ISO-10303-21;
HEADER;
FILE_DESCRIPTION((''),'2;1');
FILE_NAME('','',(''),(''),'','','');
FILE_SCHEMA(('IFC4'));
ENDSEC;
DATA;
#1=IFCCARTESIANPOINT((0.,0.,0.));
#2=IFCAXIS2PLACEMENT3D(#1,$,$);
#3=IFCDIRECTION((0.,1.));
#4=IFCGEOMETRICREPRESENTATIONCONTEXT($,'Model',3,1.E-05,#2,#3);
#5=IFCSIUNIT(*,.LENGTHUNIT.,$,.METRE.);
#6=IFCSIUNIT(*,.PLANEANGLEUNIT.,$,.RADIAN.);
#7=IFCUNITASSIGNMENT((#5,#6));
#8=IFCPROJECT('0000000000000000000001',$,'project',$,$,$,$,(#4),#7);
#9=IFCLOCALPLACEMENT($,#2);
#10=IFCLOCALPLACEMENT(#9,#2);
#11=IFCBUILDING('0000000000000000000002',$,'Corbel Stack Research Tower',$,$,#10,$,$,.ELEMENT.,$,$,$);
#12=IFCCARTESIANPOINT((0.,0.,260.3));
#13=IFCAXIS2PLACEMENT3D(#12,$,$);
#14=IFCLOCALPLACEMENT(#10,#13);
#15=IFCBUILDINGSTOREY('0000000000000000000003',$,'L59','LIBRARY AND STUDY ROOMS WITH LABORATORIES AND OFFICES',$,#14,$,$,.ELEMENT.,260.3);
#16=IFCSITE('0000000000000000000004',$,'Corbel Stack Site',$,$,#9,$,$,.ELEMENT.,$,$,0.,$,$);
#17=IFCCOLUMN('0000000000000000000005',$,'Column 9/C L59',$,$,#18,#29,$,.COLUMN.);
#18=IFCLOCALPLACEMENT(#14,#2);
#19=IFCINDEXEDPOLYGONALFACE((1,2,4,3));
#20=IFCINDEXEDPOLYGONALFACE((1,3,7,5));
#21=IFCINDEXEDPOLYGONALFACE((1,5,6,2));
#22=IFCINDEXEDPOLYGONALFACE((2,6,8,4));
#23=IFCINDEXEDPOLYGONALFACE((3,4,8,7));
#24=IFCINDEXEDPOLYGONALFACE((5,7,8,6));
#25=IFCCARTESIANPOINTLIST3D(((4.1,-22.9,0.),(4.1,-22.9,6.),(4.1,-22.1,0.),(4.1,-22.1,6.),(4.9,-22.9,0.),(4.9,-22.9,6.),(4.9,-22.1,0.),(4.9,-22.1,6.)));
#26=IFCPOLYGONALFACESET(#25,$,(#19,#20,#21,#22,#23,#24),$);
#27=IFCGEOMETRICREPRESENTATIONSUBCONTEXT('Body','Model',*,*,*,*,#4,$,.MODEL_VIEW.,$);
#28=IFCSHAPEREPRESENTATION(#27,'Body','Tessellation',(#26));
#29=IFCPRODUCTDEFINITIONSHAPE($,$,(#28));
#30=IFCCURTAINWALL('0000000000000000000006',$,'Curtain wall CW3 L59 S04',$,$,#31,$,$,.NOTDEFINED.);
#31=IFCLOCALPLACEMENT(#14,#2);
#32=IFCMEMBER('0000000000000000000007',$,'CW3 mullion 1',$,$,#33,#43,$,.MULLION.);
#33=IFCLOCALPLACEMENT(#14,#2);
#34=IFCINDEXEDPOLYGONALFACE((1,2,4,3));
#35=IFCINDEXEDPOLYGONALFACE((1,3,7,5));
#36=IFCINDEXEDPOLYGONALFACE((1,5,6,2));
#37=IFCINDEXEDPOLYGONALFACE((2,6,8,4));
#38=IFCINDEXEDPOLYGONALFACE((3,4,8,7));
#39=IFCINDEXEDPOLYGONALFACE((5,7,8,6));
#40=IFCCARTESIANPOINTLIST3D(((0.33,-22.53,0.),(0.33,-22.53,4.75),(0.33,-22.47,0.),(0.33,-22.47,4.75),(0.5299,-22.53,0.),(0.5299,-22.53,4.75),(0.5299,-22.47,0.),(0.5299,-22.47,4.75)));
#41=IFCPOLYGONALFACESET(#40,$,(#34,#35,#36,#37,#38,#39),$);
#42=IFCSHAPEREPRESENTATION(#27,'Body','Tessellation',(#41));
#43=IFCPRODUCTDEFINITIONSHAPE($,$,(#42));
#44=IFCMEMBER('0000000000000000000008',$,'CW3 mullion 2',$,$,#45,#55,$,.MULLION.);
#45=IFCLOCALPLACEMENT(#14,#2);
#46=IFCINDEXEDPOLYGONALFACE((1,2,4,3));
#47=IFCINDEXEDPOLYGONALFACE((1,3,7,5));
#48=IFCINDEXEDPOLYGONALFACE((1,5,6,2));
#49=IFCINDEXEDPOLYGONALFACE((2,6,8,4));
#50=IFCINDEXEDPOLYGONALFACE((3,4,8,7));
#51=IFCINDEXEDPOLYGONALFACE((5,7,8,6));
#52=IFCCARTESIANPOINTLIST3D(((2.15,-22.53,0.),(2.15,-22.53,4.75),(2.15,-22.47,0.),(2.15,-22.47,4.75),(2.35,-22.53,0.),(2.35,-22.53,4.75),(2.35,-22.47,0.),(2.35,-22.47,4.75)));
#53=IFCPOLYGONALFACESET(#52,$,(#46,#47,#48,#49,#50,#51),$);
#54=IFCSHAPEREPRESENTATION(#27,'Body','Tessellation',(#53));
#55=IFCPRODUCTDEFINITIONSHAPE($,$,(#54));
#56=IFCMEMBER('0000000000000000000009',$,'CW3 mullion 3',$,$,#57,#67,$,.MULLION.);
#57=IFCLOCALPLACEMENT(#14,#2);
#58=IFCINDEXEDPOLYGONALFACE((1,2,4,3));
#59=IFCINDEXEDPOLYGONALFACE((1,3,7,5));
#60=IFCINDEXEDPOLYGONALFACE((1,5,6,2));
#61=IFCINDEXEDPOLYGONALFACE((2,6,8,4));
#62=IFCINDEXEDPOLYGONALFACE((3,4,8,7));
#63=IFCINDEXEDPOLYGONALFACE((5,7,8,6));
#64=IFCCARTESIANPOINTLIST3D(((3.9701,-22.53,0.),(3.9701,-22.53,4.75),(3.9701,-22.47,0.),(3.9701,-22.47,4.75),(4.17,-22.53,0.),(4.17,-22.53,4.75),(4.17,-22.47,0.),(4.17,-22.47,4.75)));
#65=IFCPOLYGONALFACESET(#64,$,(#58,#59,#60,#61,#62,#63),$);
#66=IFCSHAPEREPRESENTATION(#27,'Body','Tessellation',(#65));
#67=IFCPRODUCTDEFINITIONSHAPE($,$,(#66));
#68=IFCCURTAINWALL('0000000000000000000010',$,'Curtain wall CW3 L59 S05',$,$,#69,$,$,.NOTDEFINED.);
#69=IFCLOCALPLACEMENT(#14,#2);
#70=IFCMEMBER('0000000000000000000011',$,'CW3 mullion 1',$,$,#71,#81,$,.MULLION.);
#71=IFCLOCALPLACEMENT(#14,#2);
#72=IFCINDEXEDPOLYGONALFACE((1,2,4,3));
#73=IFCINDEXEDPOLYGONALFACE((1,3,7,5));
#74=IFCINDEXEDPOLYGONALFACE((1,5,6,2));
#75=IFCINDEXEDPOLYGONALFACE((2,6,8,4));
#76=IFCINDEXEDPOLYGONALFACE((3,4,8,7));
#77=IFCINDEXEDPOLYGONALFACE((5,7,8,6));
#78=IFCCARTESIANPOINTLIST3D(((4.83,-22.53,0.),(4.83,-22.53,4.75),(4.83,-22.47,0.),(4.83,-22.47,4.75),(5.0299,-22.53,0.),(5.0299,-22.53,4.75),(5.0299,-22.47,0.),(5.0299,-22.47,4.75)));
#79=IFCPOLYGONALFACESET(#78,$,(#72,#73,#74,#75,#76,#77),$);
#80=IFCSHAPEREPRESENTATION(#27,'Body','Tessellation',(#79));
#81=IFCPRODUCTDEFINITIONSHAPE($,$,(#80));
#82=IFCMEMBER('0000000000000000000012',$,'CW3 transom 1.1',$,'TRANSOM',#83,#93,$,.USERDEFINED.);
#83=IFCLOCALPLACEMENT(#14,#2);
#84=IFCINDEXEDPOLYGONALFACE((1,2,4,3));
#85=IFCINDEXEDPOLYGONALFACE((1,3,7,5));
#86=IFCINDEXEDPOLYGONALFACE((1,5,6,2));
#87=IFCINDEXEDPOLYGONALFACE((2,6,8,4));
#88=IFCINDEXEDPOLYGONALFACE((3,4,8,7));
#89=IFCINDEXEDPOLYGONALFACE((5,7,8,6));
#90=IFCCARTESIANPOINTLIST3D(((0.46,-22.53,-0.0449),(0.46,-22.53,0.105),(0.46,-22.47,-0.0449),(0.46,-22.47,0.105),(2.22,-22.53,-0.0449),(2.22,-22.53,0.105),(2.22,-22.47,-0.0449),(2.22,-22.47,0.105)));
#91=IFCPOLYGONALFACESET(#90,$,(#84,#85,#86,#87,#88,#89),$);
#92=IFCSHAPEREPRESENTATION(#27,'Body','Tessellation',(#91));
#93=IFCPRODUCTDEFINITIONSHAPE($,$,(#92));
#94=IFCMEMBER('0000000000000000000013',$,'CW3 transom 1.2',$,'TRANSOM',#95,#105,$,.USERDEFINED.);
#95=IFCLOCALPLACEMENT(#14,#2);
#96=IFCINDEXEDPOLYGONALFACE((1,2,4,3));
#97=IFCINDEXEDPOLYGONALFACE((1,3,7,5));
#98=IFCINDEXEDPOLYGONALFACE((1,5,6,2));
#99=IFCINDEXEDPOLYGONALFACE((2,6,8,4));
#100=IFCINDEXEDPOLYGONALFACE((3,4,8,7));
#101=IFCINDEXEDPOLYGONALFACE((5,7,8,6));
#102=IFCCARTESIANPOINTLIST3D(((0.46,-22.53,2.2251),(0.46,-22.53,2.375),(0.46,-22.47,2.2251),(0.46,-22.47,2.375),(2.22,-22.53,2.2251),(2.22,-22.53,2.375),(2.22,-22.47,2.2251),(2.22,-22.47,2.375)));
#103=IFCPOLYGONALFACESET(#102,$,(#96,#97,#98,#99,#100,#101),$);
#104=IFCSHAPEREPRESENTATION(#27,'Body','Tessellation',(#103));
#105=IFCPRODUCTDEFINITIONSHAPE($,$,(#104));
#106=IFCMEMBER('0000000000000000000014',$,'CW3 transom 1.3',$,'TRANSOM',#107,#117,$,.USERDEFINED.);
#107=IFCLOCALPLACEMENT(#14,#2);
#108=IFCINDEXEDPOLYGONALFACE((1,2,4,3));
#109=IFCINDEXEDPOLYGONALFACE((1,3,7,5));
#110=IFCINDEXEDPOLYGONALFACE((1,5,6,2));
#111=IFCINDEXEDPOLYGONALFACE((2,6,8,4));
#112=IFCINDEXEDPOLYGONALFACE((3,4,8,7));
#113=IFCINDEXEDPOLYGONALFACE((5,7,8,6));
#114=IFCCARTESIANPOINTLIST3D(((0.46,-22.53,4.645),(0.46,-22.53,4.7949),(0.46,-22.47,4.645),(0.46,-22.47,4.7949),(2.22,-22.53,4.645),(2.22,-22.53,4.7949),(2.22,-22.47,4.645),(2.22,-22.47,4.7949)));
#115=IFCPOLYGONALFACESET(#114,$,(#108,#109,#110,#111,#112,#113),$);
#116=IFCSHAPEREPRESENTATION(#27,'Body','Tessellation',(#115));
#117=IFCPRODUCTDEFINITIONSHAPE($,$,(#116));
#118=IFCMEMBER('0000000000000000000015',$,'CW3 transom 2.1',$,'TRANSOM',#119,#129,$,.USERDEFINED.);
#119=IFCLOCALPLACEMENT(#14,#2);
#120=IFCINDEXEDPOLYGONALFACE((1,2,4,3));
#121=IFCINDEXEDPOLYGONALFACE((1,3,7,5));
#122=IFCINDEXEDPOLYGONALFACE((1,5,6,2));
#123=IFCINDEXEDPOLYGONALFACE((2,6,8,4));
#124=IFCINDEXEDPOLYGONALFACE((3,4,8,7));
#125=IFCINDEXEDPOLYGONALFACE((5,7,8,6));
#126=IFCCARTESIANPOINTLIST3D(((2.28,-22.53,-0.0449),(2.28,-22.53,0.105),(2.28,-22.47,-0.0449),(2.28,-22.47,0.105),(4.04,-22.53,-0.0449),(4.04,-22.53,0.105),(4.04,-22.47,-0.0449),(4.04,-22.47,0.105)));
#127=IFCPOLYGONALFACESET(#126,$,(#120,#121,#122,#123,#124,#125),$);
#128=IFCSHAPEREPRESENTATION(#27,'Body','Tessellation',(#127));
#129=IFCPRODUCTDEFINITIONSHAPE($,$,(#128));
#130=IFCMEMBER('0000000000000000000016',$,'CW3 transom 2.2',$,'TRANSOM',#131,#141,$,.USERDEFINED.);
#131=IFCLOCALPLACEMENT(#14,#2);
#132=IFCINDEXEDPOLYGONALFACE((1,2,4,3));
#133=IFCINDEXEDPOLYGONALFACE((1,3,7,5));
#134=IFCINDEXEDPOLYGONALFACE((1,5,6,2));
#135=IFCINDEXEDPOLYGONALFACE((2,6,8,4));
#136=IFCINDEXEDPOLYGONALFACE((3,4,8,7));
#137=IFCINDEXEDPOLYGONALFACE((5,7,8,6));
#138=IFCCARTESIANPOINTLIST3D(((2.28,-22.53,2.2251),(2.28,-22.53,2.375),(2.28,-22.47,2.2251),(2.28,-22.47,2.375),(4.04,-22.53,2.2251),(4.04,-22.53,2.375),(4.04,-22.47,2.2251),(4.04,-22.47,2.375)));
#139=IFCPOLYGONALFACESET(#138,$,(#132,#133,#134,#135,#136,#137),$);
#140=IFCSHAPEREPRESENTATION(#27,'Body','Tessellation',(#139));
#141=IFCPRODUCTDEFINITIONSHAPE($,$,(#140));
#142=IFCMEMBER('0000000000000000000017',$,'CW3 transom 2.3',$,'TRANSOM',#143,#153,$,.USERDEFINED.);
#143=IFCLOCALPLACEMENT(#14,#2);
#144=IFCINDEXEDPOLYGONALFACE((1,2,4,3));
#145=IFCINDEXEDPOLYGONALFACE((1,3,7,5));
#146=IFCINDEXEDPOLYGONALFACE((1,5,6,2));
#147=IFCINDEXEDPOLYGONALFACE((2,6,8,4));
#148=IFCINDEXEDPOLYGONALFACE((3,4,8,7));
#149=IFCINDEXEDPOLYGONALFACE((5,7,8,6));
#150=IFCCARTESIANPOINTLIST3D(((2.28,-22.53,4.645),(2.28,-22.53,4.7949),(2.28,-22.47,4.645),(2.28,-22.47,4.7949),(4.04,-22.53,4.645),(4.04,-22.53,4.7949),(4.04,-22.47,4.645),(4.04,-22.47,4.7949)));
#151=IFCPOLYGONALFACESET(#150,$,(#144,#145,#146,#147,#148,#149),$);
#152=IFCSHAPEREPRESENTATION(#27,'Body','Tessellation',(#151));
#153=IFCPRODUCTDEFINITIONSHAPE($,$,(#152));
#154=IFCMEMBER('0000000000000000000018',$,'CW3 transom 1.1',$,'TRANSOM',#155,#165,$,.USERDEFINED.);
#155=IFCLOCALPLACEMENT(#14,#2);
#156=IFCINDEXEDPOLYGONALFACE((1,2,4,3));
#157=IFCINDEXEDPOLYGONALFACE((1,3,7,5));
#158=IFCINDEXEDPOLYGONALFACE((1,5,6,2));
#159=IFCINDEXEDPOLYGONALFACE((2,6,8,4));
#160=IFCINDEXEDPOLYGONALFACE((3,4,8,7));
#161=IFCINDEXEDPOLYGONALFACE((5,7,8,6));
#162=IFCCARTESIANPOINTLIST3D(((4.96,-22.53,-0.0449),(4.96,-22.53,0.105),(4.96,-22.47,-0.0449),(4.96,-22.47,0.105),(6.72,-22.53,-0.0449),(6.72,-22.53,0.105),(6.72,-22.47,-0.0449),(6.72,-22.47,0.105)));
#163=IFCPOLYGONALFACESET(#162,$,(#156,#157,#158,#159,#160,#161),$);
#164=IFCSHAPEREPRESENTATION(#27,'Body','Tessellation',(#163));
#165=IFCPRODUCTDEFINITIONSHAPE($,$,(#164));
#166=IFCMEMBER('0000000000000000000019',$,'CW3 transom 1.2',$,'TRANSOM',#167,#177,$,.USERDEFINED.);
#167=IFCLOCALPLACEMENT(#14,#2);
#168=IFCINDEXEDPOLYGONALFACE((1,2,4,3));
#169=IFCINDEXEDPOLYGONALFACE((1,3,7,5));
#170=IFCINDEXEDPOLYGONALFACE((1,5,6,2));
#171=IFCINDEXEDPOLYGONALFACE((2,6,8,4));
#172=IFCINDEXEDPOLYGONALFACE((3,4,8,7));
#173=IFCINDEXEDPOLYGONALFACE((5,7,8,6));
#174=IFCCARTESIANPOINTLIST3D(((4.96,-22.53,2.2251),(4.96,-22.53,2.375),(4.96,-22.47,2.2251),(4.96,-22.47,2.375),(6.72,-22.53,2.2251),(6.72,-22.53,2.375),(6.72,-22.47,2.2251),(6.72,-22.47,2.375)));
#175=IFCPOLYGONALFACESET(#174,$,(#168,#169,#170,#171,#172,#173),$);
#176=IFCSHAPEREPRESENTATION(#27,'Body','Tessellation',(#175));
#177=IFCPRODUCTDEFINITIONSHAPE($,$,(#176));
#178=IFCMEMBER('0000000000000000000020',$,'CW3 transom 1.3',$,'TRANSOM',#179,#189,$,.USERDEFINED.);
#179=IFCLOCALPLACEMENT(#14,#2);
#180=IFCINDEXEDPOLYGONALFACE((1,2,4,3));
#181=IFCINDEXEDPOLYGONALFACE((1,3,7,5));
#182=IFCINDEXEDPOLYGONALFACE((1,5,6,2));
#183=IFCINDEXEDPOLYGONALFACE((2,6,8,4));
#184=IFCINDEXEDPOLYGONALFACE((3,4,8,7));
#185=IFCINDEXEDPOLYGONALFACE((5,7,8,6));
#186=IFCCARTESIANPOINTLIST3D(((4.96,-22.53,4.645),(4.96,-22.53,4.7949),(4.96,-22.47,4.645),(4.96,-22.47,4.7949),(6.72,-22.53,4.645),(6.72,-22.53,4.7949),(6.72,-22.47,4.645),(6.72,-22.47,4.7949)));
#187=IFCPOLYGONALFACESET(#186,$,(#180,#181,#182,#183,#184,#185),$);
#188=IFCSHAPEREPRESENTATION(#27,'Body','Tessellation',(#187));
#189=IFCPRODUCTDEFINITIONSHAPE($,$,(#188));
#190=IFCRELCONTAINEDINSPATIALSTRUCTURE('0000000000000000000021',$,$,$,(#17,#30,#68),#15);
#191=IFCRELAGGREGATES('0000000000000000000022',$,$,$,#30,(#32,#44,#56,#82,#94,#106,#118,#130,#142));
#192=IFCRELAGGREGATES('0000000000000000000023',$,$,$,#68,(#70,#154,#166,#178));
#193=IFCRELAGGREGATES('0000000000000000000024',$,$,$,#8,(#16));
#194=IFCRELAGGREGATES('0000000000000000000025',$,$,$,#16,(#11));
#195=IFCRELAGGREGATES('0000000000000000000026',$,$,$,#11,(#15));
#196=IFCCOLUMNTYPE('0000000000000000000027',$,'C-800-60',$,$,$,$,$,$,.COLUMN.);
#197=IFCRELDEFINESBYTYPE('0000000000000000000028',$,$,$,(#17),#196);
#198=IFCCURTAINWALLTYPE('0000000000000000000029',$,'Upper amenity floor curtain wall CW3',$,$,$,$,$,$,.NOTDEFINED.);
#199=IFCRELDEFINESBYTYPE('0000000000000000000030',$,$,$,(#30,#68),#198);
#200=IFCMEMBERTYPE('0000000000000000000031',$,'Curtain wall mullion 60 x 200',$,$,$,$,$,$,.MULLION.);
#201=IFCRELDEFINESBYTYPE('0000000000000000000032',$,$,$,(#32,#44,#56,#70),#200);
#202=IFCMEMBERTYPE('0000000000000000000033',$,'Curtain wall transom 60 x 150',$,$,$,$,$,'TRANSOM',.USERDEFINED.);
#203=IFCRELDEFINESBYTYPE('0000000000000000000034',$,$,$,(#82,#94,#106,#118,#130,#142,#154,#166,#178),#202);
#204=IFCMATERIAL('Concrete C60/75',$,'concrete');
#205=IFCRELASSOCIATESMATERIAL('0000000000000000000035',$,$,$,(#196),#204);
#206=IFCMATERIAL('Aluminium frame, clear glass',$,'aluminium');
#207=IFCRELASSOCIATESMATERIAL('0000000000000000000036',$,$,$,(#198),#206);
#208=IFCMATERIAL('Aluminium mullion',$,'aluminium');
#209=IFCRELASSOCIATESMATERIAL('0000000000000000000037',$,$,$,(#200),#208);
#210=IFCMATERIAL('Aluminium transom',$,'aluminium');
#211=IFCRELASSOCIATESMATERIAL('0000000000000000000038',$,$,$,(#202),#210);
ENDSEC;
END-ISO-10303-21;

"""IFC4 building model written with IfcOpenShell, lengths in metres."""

from ifc_helpers import new_model, si_unit, direction, frame, origin, origin_2d, place, context, subcontext, project, spatial, rectangle, extrude, material, material_profile, profile_set, type_object, element, aggregate, save


model = new_model("IFC4")

# Units and contexts
model_context = context("Model", 3, precision=1e-05, world=origin(), true_north=direction((0.0, 1.0)))
body_context = subcontext(model_context, "Body", "Model", "MODEL_VIEW")
ifc_project = project(units=[si_unit("LENGTHUNIT", "METRE"), si_unit("PLANEANGLEUNIT", "RADIAN")], contexts=[model_context])

# Site, building, storey
site_placement = place(None, origin())
site = spatial("IfcSite", under=ifc_project, at=site_placement, Name="Corbel Stack Site", CompositionType="ELEMENT", RefElevation=0.0)
building_placement = place(site_placement, origin())
building = spatial("IfcBuilding", under=site, at=building_placement, Name="Corbel Stack Research Tower", CompositionType="ELEMENT")
storey_placement = place(building_placement, frame((0.0, 0.0, 260.3)))
storey = spatial("IfcBuildingStorey", under=building, at=storey_placement, Name="L59", Description="LIBRARY AND STUDY ROOMS WITH LABORATORIES AND OFFICES", CompositionType="ELEMENT", Elevation=260.3)

# Column
ifc_material_1 = material(Name="Concrete C60/75", Category="concrete")
ifc_material_profile_1 = material_profile(ifc_material_1, rectangle(XDim=0.8, YDim=0.8, at=origin_2d()), Name="RC 800 x 800")
ifc_profile_set_1 = profile_set([ifc_material_profile_1], Name="Concrete C60/75")
column_type = type_object("IfcColumnType", Name="C-800-60", PredefinedType="COLUMN", material=ifc_profile_set_1)
column_placement = place(storey_placement, frame((4.5, -22.5, 0.0), z_axis=(0.0, 0.0, 1.0), x_axis=(1.0, 0.0, 0.0)))
element("IfcColumn", 1, at=column_placement, inside=storey, type_object=column_type, Name="Column 9/C L59", PredefinedType="COLUMN", context=body_context, shape_type="SweptSolid", body=[
    extrude(rectangle(XDim=0.8, YDim=0.8, at=origin_2d()), origin(), (0.0, 0.0, 1.0), 6.0),
])

# Curtain wall, members
ifc_material_2 = material(Name="Aluminium frame, clear glass", Category="aluminium")
curtain_wall_type = type_object("IfcCurtainWallType", Name="Upper amenity floor curtain wall CW3", PredefinedType="NOTDEFINED", material=ifc_material_2)
curtain_wall_1_placement = place(storey_placement, origin())
curtain_wall_1 = element("IfcCurtainWall", 2, at=curtain_wall_1_placement, inside=storey, type_object=curtain_wall_type, Name="Curtain wall CW3 L59 S04", PredefinedType="NOTDEFINED")
ifc_material_3 = material(Name="Aluminium mullion", Category="aluminium")
ifc_material_profile_2 = material_profile(ifc_material_3, rectangle(XDim=0.0601, YDim=0.2, at=origin_2d()), Name="Mullion 60 x 200")
ifc_profile_set_2 = profile_set([ifc_material_profile_2], Name="Aluminium mullion")
member_type_1 = type_object("IfcMemberType", Name="Curtain wall mullion 60 x 200", PredefinedType="MULLION", material=ifc_profile_set_2)
member_1_placement = place(storey_placement, frame((0.4299, -22.5, 0.0), z_axis=(0.0, 0.0, 1.0), x_axis=(0.0, 1.0, 0.0)))
member_1 = element("IfcMember", 3, at=member_1_placement, type_object=member_type_1, Name="CW3 mullion 1", PredefinedType="MULLION", context=body_context, shape_type="SweptSolid", body=[
    extrude(rectangle(XDim=0.0601, YDim=0.2, at=origin_2d()), origin(), (0.0, 0.0, 1.0), 4.75),
])
member_2_placement = place(storey_placement, frame((2.25, -22.5, 0.0), z_axis=(0.0, 0.0, 1.0), x_axis=(0.0, 1.0, 0.0)))
member_2 = element("IfcMember", 4, at=member_2_placement, type_object=member_type_1, Name="CW3 mullion 2", PredefinedType="MULLION", context=body_context, shape_type="SweptSolid", body=[
    extrude(rectangle(XDim=0.0601, YDim=0.2, at=origin_2d()), origin(), (0.0, 0.0, 1.0), 4.75),
])
member_3_placement = place(storey_placement, frame((4.0701, -22.5, 0.0), z_axis=(0.0, 0.0, 1.0), x_axis=(0.0, 1.0, 0.0)))
member_3 = element("IfcMember", 5, at=member_3_placement, type_object=member_type_1, Name="CW3 mullion 3", PredefinedType="MULLION", context=body_context, shape_type="SweptSolid", body=[
    extrude(rectangle(XDim=0.0601, YDim=0.2, at=origin_2d()), origin(), (0.0, 0.0, 1.0), 4.75),
])

# Curtain wall, member
curtain_wall_2_placement = place(storey_placement, origin())
curtain_wall_2 = element("IfcCurtainWall", 6, at=curtain_wall_2_placement, inside=storey, type_object=curtain_wall_type, Name="Curtain wall CW3 L59 S05", PredefinedType="NOTDEFINED")
member_4_placement = place(storey_placement, frame((4.9299, -22.5, 0.0), z_axis=(0.0, 0.0, 1.0), x_axis=(0.0, 1.0, 0.0)))
member_4 = element("IfcMember", 7, at=member_4_placement, type_object=member_type_1, Name="CW3 mullion 1", PredefinedType="MULLION", context=body_context, shape_type="SweptSolid", body=[
    extrude(rectangle(XDim=0.0601, YDim=0.2, at=origin_2d()), origin(), (0.0, 0.0, 1.0), 4.75),
])

# Members
ifc_material_4 = material(Name="Aluminium transom", Category="aluminium")
ifc_material_profile_3 = material_profile(ifc_material_4, rectangle(XDim=0.0601, YDim=0.1499, at=origin_2d()), Name="Transom 60 x 150")
ifc_profile_set_3 = profile_set([ifc_material_profile_3], Name="Aluminium transom")
member_type_2 = type_object("IfcMemberType", Name="Curtain wall transom 60 x 150", ElementType="TRANSOM", PredefinedType="USERDEFINED", material=ifc_profile_set_3)
member_5_placement = place(storey_placement, frame((0.46, -22.5, 0.03), z_axis=(1.0, 0.0, 0.0), x_axis=(0.0, 1.0, 0.0)))
member_5 = element("IfcMember", 8, at=member_5_placement, type_object=member_type_2, Name="CW3 transom 1.1", ObjectType="TRANSOM", PredefinedType="USERDEFINED", context=body_context, shape_type="SweptSolid", body=[
    extrude(rectangle(XDim=0.0601, YDim=0.1499, at=origin_2d()), origin(), (0.0, 0.0, 1.0), 1.76),
])
member_6_placement = place(storey_placement, frame((0.46, -22.5, 2.3), z_axis=(1.0, 0.0, 0.0), x_axis=(0.0, 1.0, 0.0)))
member_6 = element("IfcMember", 9, at=member_6_placement, type_object=member_type_2, Name="CW3 transom 1.2", ObjectType="TRANSOM", PredefinedType="USERDEFINED", context=body_context, shape_type="SweptSolid", body=[
    extrude(rectangle(XDim=0.0601, YDim=0.1499, at=origin_2d()), origin(), (0.0, 0.0, 1.0), 1.76),
])
member_7_placement = place(storey_placement, frame((0.46, -22.5, 4.72), z_axis=(1.0, 0.0, 0.0), x_axis=(0.0, 1.0, 0.0)))
member_7 = element("IfcMember", 10, at=member_7_placement, type_object=member_type_2, Name="CW3 transom 1.3", ObjectType="TRANSOM", PredefinedType="USERDEFINED", context=body_context, shape_type="SweptSolid", body=[
    extrude(rectangle(XDim=0.0601, YDim=0.1499, at=origin_2d()), origin(), (0.0, 0.0, 1.0), 1.76),
])
member_8_placement = place(storey_placement, frame((2.28, -22.5, 0.03), z_axis=(1.0, 0.0, 0.0), x_axis=(0.0, 1.0, 0.0)))
member_8 = element("IfcMember", 11, at=member_8_placement, type_object=member_type_2, Name="CW3 transom 2.1", ObjectType="TRANSOM", PredefinedType="USERDEFINED", context=body_context, shape_type="SweptSolid", body=[
    extrude(rectangle(XDim=0.0601, YDim=0.1499, at=origin_2d()), origin(), (0.0, 0.0, 1.0), 1.76),
])
member_9_placement = place(storey_placement, frame((2.28, -22.5, 2.3), z_axis=(1.0, 0.0, 0.0), x_axis=(0.0, 1.0, 0.0)))
member_9 = element("IfcMember", 12, at=member_9_placement, type_object=member_type_2, Name="CW3 transom 2.2", ObjectType="TRANSOM", PredefinedType="USERDEFINED", context=body_context, shape_type="SweptSolid", body=[
    extrude(rectangle(XDim=0.0601, YDim=0.1499, at=origin_2d()), origin(), (0.0, 0.0, 1.0), 1.76),
])
member_10_placement = place(storey_placement, frame((2.28, -22.5, 4.72), z_axis=(1.0, 0.0, 0.0), x_axis=(0.0, 1.0, 0.0)))
member_10 = element("IfcMember", 13, at=member_10_placement, type_object=member_type_2, Name="CW3 transom 2.3", ObjectType="TRANSOM", PredefinedType="USERDEFINED", context=body_context, shape_type="SweptSolid", body=[
    extrude(rectangle(XDim=0.0601, YDim=0.1499, at=origin_2d()), origin(), (0.0, 0.0, 1.0), 1.76),
])
member_11_placement = place(storey_placement, frame((4.96, -22.5, 0.03), z_axis=(1.0, 0.0, 0.0), x_axis=(0.0, 1.0, 0.0)))
member_11 = element("IfcMember", 14, at=member_11_placement, type_object=member_type_2, Name="CW3 transom 1.1", ObjectType="TRANSOM", PredefinedType="USERDEFINED", context=body_context, shape_type="SweptSolid", body=[
    extrude(rectangle(XDim=0.0601, YDim=0.1499, at=origin_2d()), origin(), (0.0, 0.0, 1.0), 1.76),
])
member_12_placement = place(storey_placement, frame((4.96, -22.5, 2.3), z_axis=(1.0, 0.0, 0.0), x_axis=(0.0, 1.0, 0.0)))
member_12 = element("IfcMember", 15, at=member_12_placement, type_object=member_type_2, Name="CW3 transom 1.2", ObjectType="TRANSOM", PredefinedType="USERDEFINED", context=body_context, shape_type="SweptSolid", body=[
    extrude(rectangle(XDim=0.0601, YDim=0.1499, at=origin_2d()), origin(), (0.0, 0.0, 1.0), 1.76),
])
member_13_placement = place(storey_placement, frame((4.96, -22.5, 4.72), z_axis=(1.0, 0.0, 0.0), x_axis=(0.0, 1.0, 0.0)))
member_13 = element("IfcMember", 16, at=member_13_placement, type_object=member_type_2, Name="CW3 transom 1.3", ObjectType="TRANSOM", PredefinedType="USERDEFINED", context=body_context, shape_type="SweptSolid", body=[
    extrude(rectangle(XDim=0.0601, YDim=0.1499, at=origin_2d()), origin(), (0.0, 0.0, 1.0), 1.76),
])

aggregate(curtain_wall_1, [member_1, member_2, member_3, member_5, member_6, member_7, member_8, member_9, member_10])
aggregate(curtain_wall_2, [member_4, member_11, member_12, member_13])

save(model, "model.ifc")
